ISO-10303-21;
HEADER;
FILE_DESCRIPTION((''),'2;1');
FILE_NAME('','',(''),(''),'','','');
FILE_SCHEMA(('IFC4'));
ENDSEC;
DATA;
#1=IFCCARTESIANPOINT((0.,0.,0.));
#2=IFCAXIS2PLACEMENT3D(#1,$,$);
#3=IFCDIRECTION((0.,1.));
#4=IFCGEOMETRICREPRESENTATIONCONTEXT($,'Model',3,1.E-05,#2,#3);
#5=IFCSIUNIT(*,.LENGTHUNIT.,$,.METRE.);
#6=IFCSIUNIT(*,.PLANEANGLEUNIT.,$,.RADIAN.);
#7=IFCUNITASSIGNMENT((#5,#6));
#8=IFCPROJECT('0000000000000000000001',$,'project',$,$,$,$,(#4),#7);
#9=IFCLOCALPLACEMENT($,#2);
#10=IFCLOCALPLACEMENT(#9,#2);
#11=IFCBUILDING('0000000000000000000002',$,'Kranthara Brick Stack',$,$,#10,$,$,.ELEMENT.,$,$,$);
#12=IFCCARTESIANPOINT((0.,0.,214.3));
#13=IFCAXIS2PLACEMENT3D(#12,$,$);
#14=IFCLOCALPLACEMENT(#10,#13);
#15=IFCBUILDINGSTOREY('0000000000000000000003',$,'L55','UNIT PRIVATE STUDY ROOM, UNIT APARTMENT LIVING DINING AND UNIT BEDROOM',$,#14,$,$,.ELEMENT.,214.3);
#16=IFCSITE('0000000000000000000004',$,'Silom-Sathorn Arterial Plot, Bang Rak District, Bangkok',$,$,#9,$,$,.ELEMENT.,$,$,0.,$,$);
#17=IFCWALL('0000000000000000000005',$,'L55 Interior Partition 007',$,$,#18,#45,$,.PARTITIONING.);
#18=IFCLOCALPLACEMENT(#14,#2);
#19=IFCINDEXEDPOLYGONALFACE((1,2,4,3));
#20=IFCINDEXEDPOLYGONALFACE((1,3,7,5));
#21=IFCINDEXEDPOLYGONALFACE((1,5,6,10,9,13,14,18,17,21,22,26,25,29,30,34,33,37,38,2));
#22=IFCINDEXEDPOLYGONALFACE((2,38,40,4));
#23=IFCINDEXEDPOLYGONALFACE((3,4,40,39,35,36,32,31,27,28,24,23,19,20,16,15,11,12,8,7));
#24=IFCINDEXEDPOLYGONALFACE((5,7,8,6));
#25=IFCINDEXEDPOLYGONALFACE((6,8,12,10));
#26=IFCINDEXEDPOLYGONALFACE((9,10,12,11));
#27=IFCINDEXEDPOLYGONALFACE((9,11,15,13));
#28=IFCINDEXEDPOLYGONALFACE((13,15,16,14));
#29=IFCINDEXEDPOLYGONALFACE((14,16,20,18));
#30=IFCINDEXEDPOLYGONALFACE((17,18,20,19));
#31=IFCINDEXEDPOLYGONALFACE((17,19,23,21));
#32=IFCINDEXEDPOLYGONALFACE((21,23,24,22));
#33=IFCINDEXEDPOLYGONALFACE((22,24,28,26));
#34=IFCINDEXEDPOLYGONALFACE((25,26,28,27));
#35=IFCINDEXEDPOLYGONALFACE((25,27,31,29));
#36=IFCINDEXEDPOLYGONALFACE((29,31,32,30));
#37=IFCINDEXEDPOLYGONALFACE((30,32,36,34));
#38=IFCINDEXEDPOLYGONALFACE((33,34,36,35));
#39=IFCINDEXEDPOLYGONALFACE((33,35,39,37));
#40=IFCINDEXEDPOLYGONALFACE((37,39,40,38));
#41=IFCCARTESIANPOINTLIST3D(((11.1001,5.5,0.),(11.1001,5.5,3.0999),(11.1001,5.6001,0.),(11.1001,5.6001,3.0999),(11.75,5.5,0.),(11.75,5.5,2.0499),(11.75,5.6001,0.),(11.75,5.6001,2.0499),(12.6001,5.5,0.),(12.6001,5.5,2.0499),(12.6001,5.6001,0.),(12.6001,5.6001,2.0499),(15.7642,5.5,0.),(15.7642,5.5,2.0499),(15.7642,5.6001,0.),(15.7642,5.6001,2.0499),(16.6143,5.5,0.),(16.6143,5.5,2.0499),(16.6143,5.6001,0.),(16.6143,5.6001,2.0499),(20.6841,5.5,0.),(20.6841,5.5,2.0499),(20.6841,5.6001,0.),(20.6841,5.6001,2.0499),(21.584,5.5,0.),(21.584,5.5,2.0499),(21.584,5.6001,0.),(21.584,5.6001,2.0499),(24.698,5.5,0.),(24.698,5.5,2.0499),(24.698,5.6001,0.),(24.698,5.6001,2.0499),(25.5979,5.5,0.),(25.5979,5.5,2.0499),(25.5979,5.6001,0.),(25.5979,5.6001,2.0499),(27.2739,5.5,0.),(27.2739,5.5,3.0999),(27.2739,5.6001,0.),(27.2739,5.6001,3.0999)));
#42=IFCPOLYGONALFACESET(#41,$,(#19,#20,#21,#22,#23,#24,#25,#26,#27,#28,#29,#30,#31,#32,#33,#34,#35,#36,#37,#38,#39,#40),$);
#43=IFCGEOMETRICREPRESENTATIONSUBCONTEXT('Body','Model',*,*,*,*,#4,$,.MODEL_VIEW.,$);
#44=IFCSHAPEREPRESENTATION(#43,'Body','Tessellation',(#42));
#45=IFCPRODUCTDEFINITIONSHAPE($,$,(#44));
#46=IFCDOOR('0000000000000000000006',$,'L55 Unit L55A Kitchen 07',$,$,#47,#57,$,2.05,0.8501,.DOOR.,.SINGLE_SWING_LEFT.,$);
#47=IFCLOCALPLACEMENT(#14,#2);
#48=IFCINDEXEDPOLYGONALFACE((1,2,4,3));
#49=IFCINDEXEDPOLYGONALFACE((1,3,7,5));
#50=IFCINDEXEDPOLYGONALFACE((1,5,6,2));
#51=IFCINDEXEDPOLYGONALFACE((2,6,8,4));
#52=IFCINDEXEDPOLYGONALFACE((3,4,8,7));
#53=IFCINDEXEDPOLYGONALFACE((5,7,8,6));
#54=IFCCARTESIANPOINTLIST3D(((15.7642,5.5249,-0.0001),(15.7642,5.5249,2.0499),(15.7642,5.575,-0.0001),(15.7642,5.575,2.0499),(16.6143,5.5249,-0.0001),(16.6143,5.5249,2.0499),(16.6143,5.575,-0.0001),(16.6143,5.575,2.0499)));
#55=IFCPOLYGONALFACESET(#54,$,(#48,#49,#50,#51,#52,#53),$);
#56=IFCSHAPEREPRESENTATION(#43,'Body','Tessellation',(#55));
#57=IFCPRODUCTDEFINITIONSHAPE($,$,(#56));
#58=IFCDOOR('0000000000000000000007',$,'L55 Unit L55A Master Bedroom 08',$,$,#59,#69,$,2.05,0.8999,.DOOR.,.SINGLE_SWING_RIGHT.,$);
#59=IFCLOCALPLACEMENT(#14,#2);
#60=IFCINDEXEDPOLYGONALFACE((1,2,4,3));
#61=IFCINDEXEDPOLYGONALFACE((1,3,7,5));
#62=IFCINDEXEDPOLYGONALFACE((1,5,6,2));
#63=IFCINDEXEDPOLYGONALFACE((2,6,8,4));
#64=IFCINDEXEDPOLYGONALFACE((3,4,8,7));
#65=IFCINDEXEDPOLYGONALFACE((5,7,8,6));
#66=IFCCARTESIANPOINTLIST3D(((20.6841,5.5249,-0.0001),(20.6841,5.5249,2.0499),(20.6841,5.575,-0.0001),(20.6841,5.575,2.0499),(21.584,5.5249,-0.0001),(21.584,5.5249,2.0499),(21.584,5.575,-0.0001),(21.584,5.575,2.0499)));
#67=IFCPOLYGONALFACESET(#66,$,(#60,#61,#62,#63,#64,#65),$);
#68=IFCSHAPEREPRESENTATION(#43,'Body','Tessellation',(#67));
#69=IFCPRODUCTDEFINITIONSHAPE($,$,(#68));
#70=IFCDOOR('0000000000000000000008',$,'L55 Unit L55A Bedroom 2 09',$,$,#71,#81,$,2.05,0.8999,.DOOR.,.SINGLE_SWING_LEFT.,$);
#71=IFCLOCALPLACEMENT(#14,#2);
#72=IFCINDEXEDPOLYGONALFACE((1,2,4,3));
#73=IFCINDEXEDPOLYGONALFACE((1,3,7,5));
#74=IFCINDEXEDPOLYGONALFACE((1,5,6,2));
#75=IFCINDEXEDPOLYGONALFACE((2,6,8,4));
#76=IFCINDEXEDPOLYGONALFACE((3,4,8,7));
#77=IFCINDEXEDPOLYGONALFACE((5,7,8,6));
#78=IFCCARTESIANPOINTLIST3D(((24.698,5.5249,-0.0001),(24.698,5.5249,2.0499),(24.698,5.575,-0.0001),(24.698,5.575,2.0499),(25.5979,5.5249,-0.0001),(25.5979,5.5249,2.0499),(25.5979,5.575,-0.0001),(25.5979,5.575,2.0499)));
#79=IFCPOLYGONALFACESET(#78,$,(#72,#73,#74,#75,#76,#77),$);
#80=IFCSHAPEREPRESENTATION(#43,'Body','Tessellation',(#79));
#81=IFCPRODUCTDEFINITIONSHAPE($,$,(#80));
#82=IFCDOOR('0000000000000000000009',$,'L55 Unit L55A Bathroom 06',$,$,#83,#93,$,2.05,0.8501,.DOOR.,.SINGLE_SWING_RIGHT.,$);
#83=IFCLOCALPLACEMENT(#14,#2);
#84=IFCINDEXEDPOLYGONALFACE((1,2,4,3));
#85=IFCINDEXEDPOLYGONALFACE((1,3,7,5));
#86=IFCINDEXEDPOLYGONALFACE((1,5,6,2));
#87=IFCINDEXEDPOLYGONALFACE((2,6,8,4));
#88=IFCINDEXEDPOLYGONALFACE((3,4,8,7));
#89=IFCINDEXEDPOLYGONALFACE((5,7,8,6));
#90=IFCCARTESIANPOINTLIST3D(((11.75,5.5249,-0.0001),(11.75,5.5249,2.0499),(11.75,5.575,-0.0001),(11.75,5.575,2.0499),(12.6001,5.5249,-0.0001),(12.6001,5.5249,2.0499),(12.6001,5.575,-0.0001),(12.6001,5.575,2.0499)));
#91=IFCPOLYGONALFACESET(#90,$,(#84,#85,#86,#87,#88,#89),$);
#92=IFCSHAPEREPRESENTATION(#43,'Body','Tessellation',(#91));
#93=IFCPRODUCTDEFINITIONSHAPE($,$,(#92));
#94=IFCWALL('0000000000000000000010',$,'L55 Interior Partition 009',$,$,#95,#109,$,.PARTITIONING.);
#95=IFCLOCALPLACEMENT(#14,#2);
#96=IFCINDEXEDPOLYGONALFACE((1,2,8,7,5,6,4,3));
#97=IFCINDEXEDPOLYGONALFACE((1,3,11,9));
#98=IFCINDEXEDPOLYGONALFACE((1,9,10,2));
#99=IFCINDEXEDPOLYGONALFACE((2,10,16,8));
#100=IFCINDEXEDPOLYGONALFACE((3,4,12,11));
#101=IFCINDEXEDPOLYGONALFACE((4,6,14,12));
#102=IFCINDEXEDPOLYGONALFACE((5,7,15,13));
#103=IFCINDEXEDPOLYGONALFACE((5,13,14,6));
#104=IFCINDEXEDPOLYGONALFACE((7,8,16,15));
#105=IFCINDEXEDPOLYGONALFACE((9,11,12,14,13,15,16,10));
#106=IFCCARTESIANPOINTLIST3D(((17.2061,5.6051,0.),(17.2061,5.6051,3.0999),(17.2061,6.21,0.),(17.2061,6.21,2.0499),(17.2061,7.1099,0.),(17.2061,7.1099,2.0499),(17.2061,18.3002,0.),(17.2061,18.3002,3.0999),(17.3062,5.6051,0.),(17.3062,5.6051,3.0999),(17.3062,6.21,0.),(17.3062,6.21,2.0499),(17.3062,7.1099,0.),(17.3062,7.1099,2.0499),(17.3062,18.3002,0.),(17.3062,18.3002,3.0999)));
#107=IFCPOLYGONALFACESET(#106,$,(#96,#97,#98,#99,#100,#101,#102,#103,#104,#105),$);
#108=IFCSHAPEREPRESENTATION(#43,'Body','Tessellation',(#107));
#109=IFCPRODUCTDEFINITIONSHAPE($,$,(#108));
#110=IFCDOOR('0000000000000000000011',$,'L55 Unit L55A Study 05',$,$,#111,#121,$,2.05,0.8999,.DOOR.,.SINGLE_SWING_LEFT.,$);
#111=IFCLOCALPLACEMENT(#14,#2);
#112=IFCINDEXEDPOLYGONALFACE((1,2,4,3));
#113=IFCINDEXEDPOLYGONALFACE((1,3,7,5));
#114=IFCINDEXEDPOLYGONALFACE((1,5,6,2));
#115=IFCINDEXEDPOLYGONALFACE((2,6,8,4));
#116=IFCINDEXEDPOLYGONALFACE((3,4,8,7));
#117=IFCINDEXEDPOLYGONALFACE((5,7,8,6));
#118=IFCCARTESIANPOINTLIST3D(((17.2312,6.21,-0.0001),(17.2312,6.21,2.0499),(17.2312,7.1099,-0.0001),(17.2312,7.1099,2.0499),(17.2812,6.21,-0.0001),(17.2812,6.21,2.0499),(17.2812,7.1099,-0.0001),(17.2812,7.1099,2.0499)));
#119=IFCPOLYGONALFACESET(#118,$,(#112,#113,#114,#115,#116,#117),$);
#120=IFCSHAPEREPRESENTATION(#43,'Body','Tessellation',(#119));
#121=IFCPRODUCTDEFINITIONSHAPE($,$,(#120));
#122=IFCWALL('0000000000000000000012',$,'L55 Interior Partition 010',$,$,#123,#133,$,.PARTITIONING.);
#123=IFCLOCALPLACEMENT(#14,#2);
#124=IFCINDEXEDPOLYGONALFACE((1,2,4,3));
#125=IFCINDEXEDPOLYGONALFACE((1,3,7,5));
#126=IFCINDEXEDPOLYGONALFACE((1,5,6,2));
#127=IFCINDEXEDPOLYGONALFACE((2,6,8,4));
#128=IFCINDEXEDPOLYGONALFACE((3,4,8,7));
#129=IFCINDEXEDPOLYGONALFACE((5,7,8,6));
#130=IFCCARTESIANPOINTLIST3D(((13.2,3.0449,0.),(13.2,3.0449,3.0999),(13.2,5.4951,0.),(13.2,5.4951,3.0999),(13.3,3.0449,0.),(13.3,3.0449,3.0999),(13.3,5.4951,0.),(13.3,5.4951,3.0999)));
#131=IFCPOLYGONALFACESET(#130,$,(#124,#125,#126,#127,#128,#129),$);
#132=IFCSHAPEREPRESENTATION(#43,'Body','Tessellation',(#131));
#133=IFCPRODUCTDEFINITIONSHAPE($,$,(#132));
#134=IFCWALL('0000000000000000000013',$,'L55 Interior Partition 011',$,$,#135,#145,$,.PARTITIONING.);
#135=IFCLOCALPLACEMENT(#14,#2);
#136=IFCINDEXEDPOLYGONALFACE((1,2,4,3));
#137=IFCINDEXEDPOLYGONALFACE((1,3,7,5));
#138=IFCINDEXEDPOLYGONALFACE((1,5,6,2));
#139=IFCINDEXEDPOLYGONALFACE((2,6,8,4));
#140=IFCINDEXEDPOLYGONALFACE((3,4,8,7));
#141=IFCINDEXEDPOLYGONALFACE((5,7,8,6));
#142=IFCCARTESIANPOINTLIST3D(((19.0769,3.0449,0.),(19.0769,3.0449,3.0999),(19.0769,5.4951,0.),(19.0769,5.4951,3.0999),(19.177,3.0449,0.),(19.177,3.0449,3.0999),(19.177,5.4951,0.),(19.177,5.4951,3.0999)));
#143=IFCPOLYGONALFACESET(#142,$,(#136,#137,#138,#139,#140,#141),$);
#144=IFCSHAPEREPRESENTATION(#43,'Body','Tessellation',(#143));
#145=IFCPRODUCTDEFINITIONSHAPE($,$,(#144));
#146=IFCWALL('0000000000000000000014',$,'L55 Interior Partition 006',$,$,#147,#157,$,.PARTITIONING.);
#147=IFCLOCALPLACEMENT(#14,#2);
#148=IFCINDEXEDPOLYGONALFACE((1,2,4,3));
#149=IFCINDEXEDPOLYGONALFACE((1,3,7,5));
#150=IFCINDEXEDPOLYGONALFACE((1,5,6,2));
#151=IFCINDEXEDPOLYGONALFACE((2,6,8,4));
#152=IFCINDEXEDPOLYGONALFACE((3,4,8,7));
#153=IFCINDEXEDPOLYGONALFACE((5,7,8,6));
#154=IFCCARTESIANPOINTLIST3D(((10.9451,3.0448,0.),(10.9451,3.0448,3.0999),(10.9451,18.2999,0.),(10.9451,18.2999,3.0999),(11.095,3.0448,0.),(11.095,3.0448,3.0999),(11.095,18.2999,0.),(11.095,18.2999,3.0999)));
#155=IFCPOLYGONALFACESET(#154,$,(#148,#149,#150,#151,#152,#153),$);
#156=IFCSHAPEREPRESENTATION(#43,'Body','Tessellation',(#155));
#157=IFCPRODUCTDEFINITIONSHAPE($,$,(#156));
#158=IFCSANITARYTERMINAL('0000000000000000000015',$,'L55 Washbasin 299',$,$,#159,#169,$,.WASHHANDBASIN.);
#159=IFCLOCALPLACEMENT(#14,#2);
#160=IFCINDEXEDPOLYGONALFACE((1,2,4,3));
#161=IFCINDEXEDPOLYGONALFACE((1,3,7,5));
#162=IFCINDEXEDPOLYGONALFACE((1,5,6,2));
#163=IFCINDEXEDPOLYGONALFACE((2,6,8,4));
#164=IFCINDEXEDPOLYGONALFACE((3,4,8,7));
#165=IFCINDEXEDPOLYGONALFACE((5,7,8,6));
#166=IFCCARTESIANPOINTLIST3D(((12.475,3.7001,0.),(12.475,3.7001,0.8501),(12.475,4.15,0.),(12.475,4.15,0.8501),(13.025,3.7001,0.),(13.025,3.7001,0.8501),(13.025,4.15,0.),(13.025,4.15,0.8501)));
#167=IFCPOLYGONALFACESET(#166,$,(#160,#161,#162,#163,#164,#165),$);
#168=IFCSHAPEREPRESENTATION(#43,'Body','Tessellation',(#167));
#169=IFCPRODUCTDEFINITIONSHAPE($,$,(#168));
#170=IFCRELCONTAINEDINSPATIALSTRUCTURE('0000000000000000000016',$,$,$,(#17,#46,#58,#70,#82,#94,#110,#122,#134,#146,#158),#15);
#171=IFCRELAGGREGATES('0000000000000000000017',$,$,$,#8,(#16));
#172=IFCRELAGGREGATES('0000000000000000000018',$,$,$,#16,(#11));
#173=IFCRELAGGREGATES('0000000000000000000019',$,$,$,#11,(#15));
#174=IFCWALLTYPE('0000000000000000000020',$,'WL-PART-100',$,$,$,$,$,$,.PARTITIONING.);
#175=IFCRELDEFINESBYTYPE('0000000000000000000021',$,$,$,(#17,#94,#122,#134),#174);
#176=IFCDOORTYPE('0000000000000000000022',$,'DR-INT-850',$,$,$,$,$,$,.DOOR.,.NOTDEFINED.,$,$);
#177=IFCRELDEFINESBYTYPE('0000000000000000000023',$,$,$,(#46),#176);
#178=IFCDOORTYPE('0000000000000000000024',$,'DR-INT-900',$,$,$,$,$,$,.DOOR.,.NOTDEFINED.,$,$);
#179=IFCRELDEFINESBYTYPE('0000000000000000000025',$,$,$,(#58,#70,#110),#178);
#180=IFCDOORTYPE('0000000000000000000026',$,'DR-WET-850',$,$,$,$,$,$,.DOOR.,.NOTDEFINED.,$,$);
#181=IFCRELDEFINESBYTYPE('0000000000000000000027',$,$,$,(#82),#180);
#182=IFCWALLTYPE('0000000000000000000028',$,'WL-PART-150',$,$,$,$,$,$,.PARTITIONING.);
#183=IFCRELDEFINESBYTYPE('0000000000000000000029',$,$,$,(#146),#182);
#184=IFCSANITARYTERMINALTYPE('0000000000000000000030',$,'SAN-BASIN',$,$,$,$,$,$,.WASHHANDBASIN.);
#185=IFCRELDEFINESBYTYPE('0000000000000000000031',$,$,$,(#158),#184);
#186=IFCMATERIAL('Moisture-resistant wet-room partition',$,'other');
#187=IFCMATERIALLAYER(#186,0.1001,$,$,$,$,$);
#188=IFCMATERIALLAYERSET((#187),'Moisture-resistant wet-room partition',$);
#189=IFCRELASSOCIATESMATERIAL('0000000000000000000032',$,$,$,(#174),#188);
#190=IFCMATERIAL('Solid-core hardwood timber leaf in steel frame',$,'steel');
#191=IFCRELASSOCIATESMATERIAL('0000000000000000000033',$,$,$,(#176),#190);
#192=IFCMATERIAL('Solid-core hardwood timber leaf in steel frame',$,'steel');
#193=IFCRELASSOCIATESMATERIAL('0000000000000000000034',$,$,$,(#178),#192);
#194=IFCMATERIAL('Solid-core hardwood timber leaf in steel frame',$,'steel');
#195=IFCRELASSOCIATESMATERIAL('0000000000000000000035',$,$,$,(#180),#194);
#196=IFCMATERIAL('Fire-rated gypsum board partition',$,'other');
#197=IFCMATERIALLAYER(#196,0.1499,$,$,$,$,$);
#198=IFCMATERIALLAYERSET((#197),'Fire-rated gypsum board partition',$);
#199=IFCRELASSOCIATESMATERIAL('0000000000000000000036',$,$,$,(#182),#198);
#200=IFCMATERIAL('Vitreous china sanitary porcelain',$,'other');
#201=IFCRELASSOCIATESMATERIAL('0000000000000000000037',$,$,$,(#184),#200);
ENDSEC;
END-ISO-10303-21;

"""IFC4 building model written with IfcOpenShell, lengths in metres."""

from ifc_helpers import new_model, si_unit, direction, frame, frame_2d, origin, origin_2d, place, context, subcontext, project, spatial, rectangle, extrude, material, layer, layer_set, type_object, element, fill, save


model = new_model("IFC4")

# Units and contexts
model_context = context("Model", 3, precision=1e-05, world=origin(), true_north=direction((0.0, 1.0)))
body_context = subcontext(model_context, "Body", "Model", "MODEL_VIEW")
ifc_project = project(units=[si_unit("LENGTHUNIT", "METRE"), si_unit("PLANEANGLEUNIT", "RADIAN")], contexts=[model_context])

# Site, building, storey
site_placement = place(None, origin())
site = spatial("IfcSite", under=ifc_project, at=site_placement, Name="Silom-Sathorn Arterial Plot, Bang Rak District, Bangkok", CompositionType="ELEMENT", RefElevation=0.0)
building_placement = place(site_placement, origin())
building = spatial("IfcBuilding", under=site, at=building_placement, Name="Kranthara Brick Stack", CompositionType="ELEMENT")
storey_placement = place(building_placement, frame((0.0, 0.0, 214.3)))
storey = spatial("IfcBuildingStorey", under=building, at=storey_placement, Name="L55", Description="UNIT PRIVATE STUDY ROOM, UNIT APARTMENT LIVING DINING AND UNIT BEDROOM", CompositionType="ELEMENT", Elevation=214.3)

# Wall, openings, doors
ifc_material_1 = material(Name="Moisture-resistant wet-room partition", Category="other")
ifc_layer_1 = layer(ifc_material_1, 0.1001)
ifc_layer_set_1 = layer_set([ifc_layer_1], Name="Moisture-resistant wet-room partition")
wall_type_1 = type_object("IfcWallType", Name="WL-PART-100", PredefinedType="PARTITIONING", material=ifc_layer_set_1)
wall_1_placement = place(storey_placement, frame((11.1001, 5.55, 0.0), z_axis=(0.0, 0.0, 1.0), x_axis=(1.0, 0.0, 0.0)))
wall_1 = element("IfcWall", 1, at=wall_1_placement, inside=storey, type_object=wall_type_1, Name="L55 Interior Partition 007", PredefinedType="PARTITIONING", context=body_context, shape_type="SweptSolid", body=[
    extrude(rectangle(XDim=16.1738, YDim=0.1001, at=frame_2d((8.0869, 0.0))), origin(), (0.0, 0.0, 1.0), 3.0999),
])
opening_1_placement = place(wall_1_placement, frame((0.6499, 0.0, 0.0)))
opening_1 = element("IfcOpeningElement", 2, at=opening_1_placement, cuts=wall_1, PredefinedType="OPENING", context=body_context, shape_type="SweptSolid", body=[
    extrude(rectangle(XDim=0.8501, YDim=2.05, at=frame_2d((0.425, 1.0249))), frame((0.0, 0.0601, 0.0), z_axis=(0.0, -1.0, 0.0), x_axis=(1.0, 0.0, 0.0)), (0.0, 0.0, 1.0), 0.1201),
])
opening_2_placement = place(wall_1_placement, frame((4.6641, 0.0, 0.0)))
opening_2 = element("IfcOpeningElement", 3, at=opening_2_placement, cuts=wall_1, PredefinedType="OPENING", context=body_context, shape_type="SweptSolid", body=[
    extrude(rectangle(XDim=0.8501, YDim=2.05, at=frame_2d((0.425, 1.0249))), frame((0.0, 0.0601, 0.0), z_axis=(0.0, -1.0, 0.0), x_axis=(1.0, 0.0, 0.0)), (0.0, 0.0, 1.0), 0.1201),
])
opening_3_placement = place(wall_1_placement, frame((9.584, 0.0, 0.0)))
opening_3 = element("IfcOpeningElement", 4, at=opening_3_placement, cuts=wall_1, PredefinedType="OPENING", context=body_context, shape_type="SweptSolid", body=[
    extrude(rectangle(XDim=0.8999, YDim=2.05, at=frame_2d((0.45, 1.0249))), frame((0.0, 0.0601, 0.0), z_axis=(0.0, -1.0, 0.0), x_axis=(1.0, 0.0, 0.0)), (0.0, 0.0, 1.0), 0.1201),
])
opening_4_placement = place(wall_1_placement, frame((13.5979, 0.0, 0.0)))
opening_4 = element("IfcOpeningElement", 5, at=opening_4_placement, cuts=wall_1, PredefinedType="OPENING", context=body_context, shape_type="SweptSolid", body=[
    extrude(rectangle(XDim=0.8999, YDim=2.05, at=frame_2d((0.45, 1.0249))), frame((0.0, 0.0601, 0.0), z_axis=(0.0, -1.0, 0.0), x_axis=(1.0, 0.0, 0.0)), (0.0, 0.0, 1.0), 0.1201),
])
ifc_material_2 = material(Name="Solid-core hardwood timber leaf in steel frame", Category="steel")
door_type_1 = type_object("IfcDoorType", Name="DR-INT-850", OperationType="NOTDEFINED", PredefinedType="DOOR", material=ifc_material_2)
door_1_placement = place(opening_2_placement, origin())
door_1 = element("IfcDoor", 6, at=door_1_placement, inside=storey, type_object=door_type_1, Name="L55 Unit L55A Kitchen 07", OperationType="SINGLE_SWING_LEFT", OverallHeight=2.05, OverallWidth=0.8501, PredefinedType="DOOR", context=body_context, shape_type="SweptSolid", body=[
    extrude(rectangle(XDim=0.8501, YDim=2.05, at=frame_2d((0.425, 1.0249))), frame((0.0, 0.0249, 0.0), z_axis=(0.0, -1.0, 0.0), x_axis=(1.0, 0.0, 0.0)), (0.0, 0.0, 1.0), 0.05),
])
fill(opening_2, door_1)
ifc_material_3 = material(Name="Solid-core hardwood timber leaf in steel frame", Category="steel")
door_type_2 = type_object("IfcDoorType", Name="DR-INT-900", OperationType="NOTDEFINED", PredefinedType="DOOR", material=ifc_material_3)
door_2_placement = place(opening_3_placement, origin())
door_2 = element("IfcDoor", 7, at=door_2_placement, inside=storey, type_object=door_type_2, Name="L55 Unit L55A Master Bedroom 08", OperationType="SINGLE_SWING_RIGHT", OverallHeight=2.05, OverallWidth=0.8999, PredefinedType="DOOR", context=body_context, shape_type="SweptSolid", body=[
    extrude(rectangle(XDim=0.8999, YDim=2.05, at=frame_2d((0.45, 1.0249))), frame((0.0, 0.0249, 0.0), z_axis=(0.0, -1.0, 0.0), x_axis=(1.0, 0.0, 0.0)), (0.0, 0.0, 1.0), 0.05),
])
fill(opening_3, door_2)
door_3_placement = place(opening_4_placement, origin())
door_3 = element("IfcDoor", 8, at=door_3_placement, inside=storey, type_object=door_type_2, Name="L55 Unit L55A Bedroom 2 09", OperationType="SINGLE_SWING_LEFT", OverallHeight=2.05, OverallWidth=0.8999, PredefinedType="DOOR", context=body_context, shape_type="SweptSolid", body=[
    extrude(rectangle(XDim=0.8999, YDim=2.05, at=frame_2d((0.45, 1.0249))), frame((0.0, 0.0249, 0.0), z_axis=(0.0, -1.0, 0.0), x_axis=(1.0, 0.0, 0.0)), (0.0, 0.0, 1.0), 0.05),
])
fill(opening_4, door_3)
ifc_material_4 = material(Name="Solid-core hardwood timber leaf in steel frame", Category="steel")
door_type_3 = type_object("IfcDoorType", Name="DR-WET-850", OperationType="NOTDEFINED", PredefinedType="DOOR", material=ifc_material_4)
door_4_placement = place(opening_1_placement, origin())
door_4 = element("IfcDoor", 9, at=door_4_placement, inside=storey, type_object=door_type_3, Name="L55 Unit L55A Bathroom 06", OperationType="SINGLE_SWING_RIGHT", OverallHeight=2.05, OverallWidth=0.8501, PredefinedType="DOOR", context=body_context, shape_type="SweptSolid", body=[
    extrude(rectangle(XDim=0.8501, YDim=2.05, at=frame_2d((0.425, 1.0249))), frame((0.0, 0.0249, 0.0), z_axis=(0.0, -1.0, 0.0), x_axis=(1.0, 0.0, 0.0)), (0.0, 0.0, 1.0), 0.05),
])
fill(opening_1, door_4)

# Wall, opening, door
wall_2_placement = place(storey_placement, frame((17.2561, 5.605, 0.0), z_axis=(0.0, 0.0, 1.0), x_axis=(0.0, 1.0, 0.0)))
wall_2 = element("IfcWall", 10, at=wall_2_placement, inside=storey, type_object=wall_type_1, Name="L55 Interior Partition 009", PredefinedType="PARTITIONING", context=body_context, shape_type="SweptSolid", body=[
    extrude(rectangle(XDim=12.6951, YDim=0.1001, at=frame_2d((6.3477, 0.0))), origin(), (0.0, 0.0, 1.0), 3.0999),
])
opening_5_placement = place(wall_2_placement, frame((0.605, 0.0, 0.0)))
opening_5 = element("IfcOpeningElement", 11, at=opening_5_placement, cuts=wall_2, PredefinedType="OPENING", context=body_context, shape_type="SweptSolid", body=[
    extrude(rectangle(XDim=0.8999, YDim=2.05, at=frame_2d((0.45, 1.0249))), frame((0.0, 0.0601, 0.0), z_axis=(0.0, -1.0, 0.0), x_axis=(1.0, 0.0, 0.0)), (0.0, 0.0, 1.0), 0.1201),
])
door_5_placement = place(opening_5_placement, origin())
door_5 = element("IfcDoor", 12, at=door_5_placement, inside=storey, type_object=door_type_2, Name="L55 Unit L55A Study 05", OperationType="SINGLE_SWING_LEFT", OverallHeight=2.05, OverallWidth=0.8999, PredefinedType="DOOR", context=body_context, shape_type="SweptSolid", body=[
    extrude(rectangle(XDim=0.8999, YDim=2.05, at=frame_2d((0.45, 1.0249))), frame((0.0, 0.0249, 0.0), z_axis=(0.0, -1.0, 0.0), x_axis=(1.0, 0.0, 0.0)), (0.0, 0.0, 1.0), 0.05),
])
fill(opening_5, door_5)

# Walls
for number, where, z_axis, x_axis, name in (
    (13, (13.25, 3.0449, 0.0), (0.0, 0.0, 1.0), (0.0, 1.0, 0.0), "L55 Interior Partition 010"),
    (14, (19.127, 3.0449, 0.0), (0.0, 0.0, 1.0), (0.0, 1.0, 0.0), "L55 Interior Partition 011"),
):
    element("IfcWall", number, at=place(storey_placement, frame(where, z_axis=z_axis, x_axis=x_axis)), inside=storey, type_object=wall_type_1, Name=name, PredefinedType="PARTITIONING", context=body_context, shape_type="SweptSolid", body=[
        extrude(rectangle(XDim=2.4502, YDim=0.1001, at=frame_2d((1.2251, 0.0))), origin(), (0.0, 0.0, 1.0), 3.0999),
    ])
ifc_material_5 = material(Name="Fire-rated gypsum board partition", Category="other")
ifc_layer_2 = layer(ifc_material_5, 0.1499)
ifc_layer_set_2 = layer_set([ifc_layer_2], Name="Fire-rated gypsum board partition")
wall_type_2 = type_object("IfcWallType", Name="WL-PART-150", PredefinedType="PARTITIONING", material=ifc_layer_set_2)
wall_3_placement = place(storey_placement, frame((11.02, 3.0449, 0.0), z_axis=(0.0, 0.0, 1.0), x_axis=(0.0, 1.0, 0.0)))
element("IfcWall", 15, at=wall_3_placement, inside=storey, type_object=wall_type_2, Name="L55 Interior Partition 006", PredefinedType="PARTITIONING", context=body_context, shape_type="SweptSolid", body=[
    extrude(rectangle(XDim=15.2551, YDim=0.1499, at=frame_2d((7.6274, 0.0))), origin(), (0.0, 0.0, 1.0), 3.0999),
])

# Sanitary terminal
ifc_material_6 = material(Name="Vitreous china sanitary porcelain", Category="other")
sanitary_terminal_type_1 = type_object("IfcSanitaryTerminalType", Name="SAN-BASIN", PredefinedType="WASHHANDBASIN", material=ifc_material_6)
sanitary_terminal_1_placement = place(storey_placement, frame((12.75, 3.925, 0.0), z_axis=(0.0, 0.0, 1.0), x_axis=(1.0, 0.0, 0.0)))
element("IfcSanitaryTerminal", 16, at=sanitary_terminal_1_placement, inside=storey, type_object=sanitary_terminal_type_1, Name="L55 Washbasin 299", PredefinedType="WASHHANDBASIN", context=body_context, shape_type="SweptSolid", body=[
    extrude(rectangle(XDim=0.55, YDim=0.45, at=origin_2d()), origin(), (0.0, 0.0, 1.0), 0.8501),
])

save(model, "model.ifc")
